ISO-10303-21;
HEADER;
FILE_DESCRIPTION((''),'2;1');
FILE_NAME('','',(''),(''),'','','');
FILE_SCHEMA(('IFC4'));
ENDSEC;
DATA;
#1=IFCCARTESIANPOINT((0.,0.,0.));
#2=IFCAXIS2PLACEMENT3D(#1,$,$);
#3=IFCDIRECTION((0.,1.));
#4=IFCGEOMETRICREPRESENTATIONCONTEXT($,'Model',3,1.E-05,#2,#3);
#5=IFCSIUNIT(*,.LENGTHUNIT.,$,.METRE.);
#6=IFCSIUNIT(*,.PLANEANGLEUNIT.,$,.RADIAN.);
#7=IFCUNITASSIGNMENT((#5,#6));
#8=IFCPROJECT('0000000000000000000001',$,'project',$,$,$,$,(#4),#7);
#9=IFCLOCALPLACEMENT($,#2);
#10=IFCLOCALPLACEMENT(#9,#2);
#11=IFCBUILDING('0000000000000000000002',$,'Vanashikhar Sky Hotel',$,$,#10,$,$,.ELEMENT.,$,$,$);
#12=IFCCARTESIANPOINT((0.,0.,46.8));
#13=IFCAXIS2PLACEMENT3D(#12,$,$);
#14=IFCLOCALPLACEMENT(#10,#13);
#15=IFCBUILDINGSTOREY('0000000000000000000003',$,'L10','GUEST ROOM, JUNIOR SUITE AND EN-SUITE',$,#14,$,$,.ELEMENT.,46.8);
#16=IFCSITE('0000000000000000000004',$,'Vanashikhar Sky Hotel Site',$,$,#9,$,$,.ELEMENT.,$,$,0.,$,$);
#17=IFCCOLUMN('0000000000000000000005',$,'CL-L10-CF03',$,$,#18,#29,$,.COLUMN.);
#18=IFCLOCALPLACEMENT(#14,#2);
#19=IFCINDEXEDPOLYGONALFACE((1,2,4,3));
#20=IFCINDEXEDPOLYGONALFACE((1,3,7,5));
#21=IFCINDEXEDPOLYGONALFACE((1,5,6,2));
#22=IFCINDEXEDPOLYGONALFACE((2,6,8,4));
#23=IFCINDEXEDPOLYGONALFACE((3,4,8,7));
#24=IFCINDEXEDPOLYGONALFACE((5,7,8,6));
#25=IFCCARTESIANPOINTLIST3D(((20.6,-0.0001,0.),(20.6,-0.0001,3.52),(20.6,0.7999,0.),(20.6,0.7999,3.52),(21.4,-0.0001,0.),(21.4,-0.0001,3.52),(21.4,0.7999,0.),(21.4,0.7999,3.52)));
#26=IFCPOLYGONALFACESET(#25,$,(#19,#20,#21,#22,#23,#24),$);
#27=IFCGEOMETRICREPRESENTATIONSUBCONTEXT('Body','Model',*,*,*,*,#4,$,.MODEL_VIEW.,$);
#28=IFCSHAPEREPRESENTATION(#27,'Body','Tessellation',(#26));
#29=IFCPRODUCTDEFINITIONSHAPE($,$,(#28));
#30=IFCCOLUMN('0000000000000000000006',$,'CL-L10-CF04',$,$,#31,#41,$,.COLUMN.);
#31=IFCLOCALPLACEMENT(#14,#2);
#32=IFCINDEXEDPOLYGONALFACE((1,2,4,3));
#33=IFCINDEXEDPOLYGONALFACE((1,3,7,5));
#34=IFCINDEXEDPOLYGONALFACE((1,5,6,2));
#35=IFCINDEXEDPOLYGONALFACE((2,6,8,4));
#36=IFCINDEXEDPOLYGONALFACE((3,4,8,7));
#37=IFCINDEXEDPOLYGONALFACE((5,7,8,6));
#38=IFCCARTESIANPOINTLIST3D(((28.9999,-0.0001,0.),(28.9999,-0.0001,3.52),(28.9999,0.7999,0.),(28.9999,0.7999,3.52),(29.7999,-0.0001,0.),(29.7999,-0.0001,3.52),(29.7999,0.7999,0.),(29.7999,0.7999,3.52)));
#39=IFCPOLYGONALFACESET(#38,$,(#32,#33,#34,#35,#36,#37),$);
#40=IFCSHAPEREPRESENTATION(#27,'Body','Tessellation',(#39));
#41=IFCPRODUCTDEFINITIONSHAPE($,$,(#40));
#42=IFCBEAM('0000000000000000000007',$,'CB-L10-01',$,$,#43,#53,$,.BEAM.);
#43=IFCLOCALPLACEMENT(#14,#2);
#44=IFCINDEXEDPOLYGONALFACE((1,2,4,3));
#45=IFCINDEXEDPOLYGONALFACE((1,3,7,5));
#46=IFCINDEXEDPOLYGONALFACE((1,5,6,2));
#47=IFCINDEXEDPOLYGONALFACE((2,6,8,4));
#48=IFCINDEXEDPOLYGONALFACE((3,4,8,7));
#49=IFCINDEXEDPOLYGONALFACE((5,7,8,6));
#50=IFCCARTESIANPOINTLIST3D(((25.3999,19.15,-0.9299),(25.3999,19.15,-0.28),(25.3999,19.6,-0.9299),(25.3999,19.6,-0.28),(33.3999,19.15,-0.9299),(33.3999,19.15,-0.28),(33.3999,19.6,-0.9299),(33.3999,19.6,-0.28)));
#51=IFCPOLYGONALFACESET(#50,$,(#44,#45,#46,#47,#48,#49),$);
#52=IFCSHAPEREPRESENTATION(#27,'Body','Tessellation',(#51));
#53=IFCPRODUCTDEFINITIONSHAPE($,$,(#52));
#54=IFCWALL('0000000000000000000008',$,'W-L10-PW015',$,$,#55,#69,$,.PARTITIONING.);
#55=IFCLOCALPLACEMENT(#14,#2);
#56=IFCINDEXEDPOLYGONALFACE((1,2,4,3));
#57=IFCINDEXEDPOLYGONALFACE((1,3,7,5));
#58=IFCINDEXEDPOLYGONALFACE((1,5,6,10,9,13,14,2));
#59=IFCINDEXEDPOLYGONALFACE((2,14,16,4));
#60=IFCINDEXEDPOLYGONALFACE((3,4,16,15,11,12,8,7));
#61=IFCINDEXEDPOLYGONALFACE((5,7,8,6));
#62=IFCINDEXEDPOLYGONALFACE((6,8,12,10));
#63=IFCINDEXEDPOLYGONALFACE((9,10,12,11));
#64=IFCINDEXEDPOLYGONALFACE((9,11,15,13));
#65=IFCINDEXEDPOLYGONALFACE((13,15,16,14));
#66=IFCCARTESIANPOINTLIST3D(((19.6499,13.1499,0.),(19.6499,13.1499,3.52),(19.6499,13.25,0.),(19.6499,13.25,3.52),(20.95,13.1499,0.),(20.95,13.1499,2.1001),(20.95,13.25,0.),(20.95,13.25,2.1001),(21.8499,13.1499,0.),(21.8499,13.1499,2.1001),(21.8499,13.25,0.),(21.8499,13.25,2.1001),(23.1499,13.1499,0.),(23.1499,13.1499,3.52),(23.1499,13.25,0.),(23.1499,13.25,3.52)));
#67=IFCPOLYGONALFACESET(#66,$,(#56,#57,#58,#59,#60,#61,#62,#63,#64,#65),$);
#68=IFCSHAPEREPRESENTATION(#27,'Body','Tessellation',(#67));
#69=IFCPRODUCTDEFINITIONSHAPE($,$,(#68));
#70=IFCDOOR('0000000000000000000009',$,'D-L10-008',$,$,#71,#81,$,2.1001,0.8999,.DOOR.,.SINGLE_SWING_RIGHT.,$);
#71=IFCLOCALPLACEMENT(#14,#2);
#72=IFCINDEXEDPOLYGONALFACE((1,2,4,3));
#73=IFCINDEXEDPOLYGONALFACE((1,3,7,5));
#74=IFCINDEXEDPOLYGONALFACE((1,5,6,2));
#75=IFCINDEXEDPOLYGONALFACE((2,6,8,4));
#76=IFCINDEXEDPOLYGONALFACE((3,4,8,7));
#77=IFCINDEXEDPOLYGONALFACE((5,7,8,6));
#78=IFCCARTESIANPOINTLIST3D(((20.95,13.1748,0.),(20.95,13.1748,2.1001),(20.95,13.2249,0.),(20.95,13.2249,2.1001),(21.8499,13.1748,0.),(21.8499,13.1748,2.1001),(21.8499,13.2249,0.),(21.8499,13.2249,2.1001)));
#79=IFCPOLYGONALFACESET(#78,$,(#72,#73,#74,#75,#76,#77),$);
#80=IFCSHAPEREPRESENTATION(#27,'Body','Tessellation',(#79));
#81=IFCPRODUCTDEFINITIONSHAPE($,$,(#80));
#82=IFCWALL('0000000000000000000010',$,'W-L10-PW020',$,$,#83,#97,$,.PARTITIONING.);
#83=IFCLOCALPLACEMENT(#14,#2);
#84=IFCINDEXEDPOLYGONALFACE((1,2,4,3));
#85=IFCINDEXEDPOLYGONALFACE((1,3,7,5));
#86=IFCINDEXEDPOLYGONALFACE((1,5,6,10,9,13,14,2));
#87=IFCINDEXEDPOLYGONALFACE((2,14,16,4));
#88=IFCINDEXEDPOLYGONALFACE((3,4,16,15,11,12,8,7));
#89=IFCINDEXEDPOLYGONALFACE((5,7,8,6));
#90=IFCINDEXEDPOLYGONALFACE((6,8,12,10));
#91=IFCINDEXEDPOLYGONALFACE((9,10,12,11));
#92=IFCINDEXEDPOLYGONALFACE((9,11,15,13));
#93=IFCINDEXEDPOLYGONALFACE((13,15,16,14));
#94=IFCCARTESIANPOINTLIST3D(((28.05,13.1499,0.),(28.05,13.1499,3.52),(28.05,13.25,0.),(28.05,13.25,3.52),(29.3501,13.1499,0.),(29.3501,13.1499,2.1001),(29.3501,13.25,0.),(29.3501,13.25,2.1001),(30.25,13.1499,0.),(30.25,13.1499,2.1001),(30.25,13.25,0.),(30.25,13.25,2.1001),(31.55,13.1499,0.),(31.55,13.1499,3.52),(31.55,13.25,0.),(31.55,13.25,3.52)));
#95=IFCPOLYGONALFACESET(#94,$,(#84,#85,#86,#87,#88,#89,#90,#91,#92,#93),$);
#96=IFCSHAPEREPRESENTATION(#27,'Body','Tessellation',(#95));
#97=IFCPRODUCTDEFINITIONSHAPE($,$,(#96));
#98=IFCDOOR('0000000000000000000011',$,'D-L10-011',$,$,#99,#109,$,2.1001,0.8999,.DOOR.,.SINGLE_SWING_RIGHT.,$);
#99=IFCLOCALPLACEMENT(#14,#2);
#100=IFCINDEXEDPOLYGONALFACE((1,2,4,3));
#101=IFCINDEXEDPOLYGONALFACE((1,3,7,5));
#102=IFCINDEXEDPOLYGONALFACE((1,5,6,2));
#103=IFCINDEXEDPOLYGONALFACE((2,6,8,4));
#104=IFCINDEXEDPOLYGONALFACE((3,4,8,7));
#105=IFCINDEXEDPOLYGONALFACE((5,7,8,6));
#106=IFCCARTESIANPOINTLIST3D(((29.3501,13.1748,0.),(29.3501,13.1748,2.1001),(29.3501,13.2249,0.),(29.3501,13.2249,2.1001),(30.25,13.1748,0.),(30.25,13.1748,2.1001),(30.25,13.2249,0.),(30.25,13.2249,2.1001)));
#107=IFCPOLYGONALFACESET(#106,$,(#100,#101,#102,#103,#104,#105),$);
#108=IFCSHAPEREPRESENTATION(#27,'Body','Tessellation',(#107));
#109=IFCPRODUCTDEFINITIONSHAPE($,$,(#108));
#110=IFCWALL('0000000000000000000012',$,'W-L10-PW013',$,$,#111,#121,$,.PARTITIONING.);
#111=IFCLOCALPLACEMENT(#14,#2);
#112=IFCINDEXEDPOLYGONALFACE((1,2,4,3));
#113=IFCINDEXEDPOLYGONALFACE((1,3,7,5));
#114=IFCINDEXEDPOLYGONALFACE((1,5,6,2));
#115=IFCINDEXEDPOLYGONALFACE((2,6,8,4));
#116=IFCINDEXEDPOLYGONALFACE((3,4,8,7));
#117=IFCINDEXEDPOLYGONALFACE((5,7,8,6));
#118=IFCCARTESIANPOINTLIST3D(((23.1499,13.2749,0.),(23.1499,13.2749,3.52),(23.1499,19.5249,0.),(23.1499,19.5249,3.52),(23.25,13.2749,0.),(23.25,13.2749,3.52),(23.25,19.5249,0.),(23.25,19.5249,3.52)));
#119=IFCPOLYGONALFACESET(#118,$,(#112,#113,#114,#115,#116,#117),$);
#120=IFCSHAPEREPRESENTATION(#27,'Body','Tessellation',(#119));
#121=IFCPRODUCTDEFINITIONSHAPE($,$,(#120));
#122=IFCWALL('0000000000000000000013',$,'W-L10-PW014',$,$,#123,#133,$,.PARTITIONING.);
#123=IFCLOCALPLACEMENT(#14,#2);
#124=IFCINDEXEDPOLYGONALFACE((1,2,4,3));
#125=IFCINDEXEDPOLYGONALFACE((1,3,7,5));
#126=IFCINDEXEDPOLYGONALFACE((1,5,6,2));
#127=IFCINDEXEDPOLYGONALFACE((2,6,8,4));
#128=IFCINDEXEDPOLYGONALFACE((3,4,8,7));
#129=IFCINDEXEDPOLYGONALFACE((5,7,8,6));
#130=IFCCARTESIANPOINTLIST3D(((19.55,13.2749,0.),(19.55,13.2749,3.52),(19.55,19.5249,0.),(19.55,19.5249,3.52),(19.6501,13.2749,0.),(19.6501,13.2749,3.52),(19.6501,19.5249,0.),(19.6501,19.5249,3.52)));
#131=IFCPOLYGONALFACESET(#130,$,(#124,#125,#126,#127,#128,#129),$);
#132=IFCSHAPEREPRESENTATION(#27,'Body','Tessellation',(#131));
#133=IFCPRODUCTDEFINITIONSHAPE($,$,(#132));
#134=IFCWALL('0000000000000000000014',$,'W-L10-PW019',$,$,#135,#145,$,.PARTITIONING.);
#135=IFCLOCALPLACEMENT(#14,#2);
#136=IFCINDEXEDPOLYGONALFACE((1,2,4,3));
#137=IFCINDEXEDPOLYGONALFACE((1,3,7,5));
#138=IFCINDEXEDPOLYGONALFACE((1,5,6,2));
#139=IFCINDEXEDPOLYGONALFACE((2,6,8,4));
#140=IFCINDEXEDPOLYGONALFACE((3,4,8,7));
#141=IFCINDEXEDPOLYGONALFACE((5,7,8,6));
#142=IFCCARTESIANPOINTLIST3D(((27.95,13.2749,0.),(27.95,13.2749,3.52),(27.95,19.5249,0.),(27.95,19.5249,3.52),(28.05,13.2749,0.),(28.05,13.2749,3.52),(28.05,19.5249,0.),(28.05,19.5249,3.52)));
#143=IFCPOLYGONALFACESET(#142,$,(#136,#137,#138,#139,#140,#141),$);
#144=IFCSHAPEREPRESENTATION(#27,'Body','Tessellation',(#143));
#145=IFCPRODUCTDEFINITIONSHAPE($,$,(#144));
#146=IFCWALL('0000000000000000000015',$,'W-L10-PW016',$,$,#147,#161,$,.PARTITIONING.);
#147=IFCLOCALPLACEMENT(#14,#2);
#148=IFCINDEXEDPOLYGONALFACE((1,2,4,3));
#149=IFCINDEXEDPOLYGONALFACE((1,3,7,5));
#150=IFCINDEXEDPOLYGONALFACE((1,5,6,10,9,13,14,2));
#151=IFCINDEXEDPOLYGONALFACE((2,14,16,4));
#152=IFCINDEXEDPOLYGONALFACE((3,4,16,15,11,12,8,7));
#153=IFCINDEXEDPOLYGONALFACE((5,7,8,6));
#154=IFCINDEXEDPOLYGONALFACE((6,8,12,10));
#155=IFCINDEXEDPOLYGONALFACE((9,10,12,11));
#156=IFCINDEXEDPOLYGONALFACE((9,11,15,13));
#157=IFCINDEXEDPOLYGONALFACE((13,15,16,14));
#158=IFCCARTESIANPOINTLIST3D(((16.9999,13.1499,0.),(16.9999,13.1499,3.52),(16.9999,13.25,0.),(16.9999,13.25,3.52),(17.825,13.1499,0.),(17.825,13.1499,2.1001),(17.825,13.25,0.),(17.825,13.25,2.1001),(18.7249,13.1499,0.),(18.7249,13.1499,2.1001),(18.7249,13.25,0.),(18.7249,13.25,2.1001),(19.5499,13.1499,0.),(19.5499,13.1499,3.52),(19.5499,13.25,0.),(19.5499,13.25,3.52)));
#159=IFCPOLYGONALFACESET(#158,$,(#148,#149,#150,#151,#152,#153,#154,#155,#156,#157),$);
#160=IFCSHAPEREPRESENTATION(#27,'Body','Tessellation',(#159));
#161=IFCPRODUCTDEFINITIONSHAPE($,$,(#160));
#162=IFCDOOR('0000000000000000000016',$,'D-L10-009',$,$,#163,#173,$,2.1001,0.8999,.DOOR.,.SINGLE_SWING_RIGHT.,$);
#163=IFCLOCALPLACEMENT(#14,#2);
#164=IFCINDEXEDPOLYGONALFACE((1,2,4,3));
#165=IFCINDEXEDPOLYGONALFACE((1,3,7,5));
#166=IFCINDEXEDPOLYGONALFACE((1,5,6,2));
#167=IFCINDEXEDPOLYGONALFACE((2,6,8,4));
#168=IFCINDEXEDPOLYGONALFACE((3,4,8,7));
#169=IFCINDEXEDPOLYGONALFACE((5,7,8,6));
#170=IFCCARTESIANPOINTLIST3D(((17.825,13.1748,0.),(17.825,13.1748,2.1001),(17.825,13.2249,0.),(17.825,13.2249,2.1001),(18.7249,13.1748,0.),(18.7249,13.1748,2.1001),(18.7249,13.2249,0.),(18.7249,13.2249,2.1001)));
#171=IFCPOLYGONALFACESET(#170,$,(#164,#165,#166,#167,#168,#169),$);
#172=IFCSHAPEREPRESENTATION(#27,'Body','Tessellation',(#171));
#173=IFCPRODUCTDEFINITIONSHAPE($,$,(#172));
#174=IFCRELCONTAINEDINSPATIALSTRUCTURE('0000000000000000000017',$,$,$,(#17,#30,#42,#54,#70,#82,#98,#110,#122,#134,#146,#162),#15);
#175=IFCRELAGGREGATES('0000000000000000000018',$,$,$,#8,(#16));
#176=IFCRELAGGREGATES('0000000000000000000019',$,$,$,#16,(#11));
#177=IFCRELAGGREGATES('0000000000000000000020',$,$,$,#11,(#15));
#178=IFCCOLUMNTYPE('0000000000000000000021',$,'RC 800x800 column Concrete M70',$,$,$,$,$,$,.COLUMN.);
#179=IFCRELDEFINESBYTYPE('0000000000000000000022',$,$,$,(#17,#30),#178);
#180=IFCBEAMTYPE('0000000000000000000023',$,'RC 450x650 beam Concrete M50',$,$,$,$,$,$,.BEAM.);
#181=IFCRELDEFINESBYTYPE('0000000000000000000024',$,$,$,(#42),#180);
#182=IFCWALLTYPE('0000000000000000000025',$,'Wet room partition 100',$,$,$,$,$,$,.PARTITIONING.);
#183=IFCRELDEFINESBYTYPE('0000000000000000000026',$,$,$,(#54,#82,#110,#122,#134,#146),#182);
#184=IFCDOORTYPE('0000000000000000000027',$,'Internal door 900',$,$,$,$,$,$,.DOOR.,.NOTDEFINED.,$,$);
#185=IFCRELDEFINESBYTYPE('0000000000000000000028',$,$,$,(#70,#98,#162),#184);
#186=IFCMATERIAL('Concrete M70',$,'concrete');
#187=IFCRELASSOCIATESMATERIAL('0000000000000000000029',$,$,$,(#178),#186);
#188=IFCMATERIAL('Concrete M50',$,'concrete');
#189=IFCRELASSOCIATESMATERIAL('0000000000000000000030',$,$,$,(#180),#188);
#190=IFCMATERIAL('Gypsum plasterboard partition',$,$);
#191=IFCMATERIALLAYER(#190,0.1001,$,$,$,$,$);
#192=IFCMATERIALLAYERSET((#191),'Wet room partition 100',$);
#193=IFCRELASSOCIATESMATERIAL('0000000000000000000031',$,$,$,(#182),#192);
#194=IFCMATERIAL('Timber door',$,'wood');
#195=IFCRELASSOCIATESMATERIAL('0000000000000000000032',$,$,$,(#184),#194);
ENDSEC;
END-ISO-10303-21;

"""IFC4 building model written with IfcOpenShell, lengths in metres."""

from ifc_helpers import new_model, si_unit, direction, frame, frame_2d, origin, origin_2d, place, context, subcontext, project, spatial, rectangle, extrude, source, transform, mapped, material, layer, layer_set, material_profile, profile_set, type_object, element, fill, save


model = new_model("IFC4")

# Units and contexts
model_context = context("Model", 3, precision=1e-05, world=origin(), true_north=direction((0.0, 1.0)))
body_context = subcontext(model_context, "Body", "Model", "MODEL_VIEW")
ifc_project = project(units=[si_unit("LENGTHUNIT", "METRE"), si_unit("PLANEANGLEUNIT", "RADIAN")], contexts=[model_context])

# Site, building, storey
site_placement = place(None, origin())
site = spatial("IfcSite", under=ifc_project, at=site_placement, Name="Vanashikhar Sky Hotel Site", CompositionType="ELEMENT", RefElevation=0.0)
building_placement = place(site_placement, origin())
building = spatial("IfcBuilding", under=site, at=building_placement, Name="Vanashikhar Sky Hotel", CompositionType="ELEMENT")
storey_placement = place(building_placement, frame((0.0, 0.0, 46.8)))
storey = spatial("IfcBuildingStorey", under=building, at=storey_placement, Name="L10", Description="GUEST ROOM, JUNIOR SUITE AND EN-SUITE", CompositionType="ELEMENT", Elevation=46.8)

# Columns
ifc_material_1 = material(Name="Concrete M70", Category="concrete")
ifc_material_profile_1 = material_profile(ifc_material_1, rectangle(XDim=0.8, YDim=0.8, at=origin_2d()))
ifc_profile_set_1 = profile_set([ifc_material_profile_1], Name="RC 800x800 column Concrete M70")
column_type = type_object("IfcColumnType", Name="RC 800x800 column Concrete M70", PredefinedType="COLUMN", material=ifc_profile_set_1)
shared_shape_1 = source(origin(), body_context, "Body", "SweptSolid", [
    extrude(rectangle(XDim=0.8, YDim=0.8, at=origin_2d()), origin(), (0.0, 0.0, 1.0), 3.52),
])
for number, where, z_axis, x_axis, name in (
    (1, (21.0, 0.3999, 0.0), (0.0, 0.0, 1.0), (1.0, 0.0, 0.0), "CL-L10-CF03"),
    (2, (29.3999, 0.3999, 0.0), (0.0, 0.0, 1.0), (1.0, 0.0, 0.0), "CL-L10-CF04"),
):
    element("IfcColumn", number, at=place(storey_placement, frame(where, z_axis=z_axis, x_axis=x_axis)), inside=storey, type_object=column_type, Name=name, PredefinedType="COLUMN", context=body_context, shape_type="MappedRepresentation", body=[
        mapped(shared_shape_1, transform((0.0, 0.0, 0.0), scale=1.0)),
    ])

# Beam
ifc_material_2 = material(Name="Concrete M50", Category="concrete")
ifc_material_profile_2 = material_profile(ifc_material_2, rectangle(XDim=0.45, YDim=0.6499, at=origin_2d()))
ifc_profile_set_2 = profile_set([ifc_material_profile_2], Name="RC 450x650 beam Concrete M50")
beam_type = type_object("IfcBeamType", Name="RC 450x650 beam Concrete M50", PredefinedType="BEAM", material=ifc_profile_set_2)
shared_shape_2 = source(origin(), body_context, "Body", "SweptSolid", [
    extrude(rectangle(XDim=0.45, YDim=0.6499, at=origin_2d()), origin(), (0.0, 0.0, 1.0), 8.0),
])
beam_placement = place(storey_placement, frame((25.3999, 19.375, -0.605), z_axis=(1.0, 0.0, 0.0), x_axis=(0.0, 1.0, 0.0)))
element("IfcBeam", 3, at=beam_placement, inside=storey, type_object=beam_type, Name="CB-L10-01", PredefinedType="BEAM", context=body_context, shape_type="MappedRepresentation", body=[
    mapped(shared_shape_2, transform((0.0, 0.0, 0.0), scale=1.0)),
])

# Walls, openings, doors
ifc_material_3 = material(Name="Gypsum plasterboard partition")
ifc_layer_1 = layer(ifc_material_3, 0.1001)
ifc_layer_set_1 = layer_set([ifc_layer_1], Name="Wet room partition 100")
wall_type_1 = type_object("IfcWallType", Name="Wet room partition 100", PredefinedType="PARTITIONING", material=ifc_layer_set_1)
shared_shape_3 = source(origin(), body_context, "Body", "SweptSolid", [
    extrude(rectangle(XDim=3.5, YDim=0.1001, at=frame_2d((1.75, 0.0))), origin(), (0.0, 0.0, 1.0), 3.52),
])
wall_1_placement = place(storey_placement, frame((19.6499, 13.2, 0.0), z_axis=(0.0, 0.0, 1.0), x_axis=(1.0, 0.0, 0.0)))
wall_1 = element("IfcWall", 4, at=wall_1_placement, inside=storey, type_object=wall_type_1, Name="W-L10-PW015", PredefinedType="PARTITIONING", context=body_context, shape_type="MappedRepresentation", body=[
    mapped(shared_shape_3, transform((0.0, 0.0, 0.0), scale=1.0)),
])
shared_shape_4 = source(origin(), body_context, "Body", "SweptSolid", [
    extrude(rectangle(XDim=0.8999, YDim=2.1001, at=frame_2d((0.45, 1.05))), frame((0.0, 0.0601, 0.0), z_axis=(0.0, -1.0, 0.0), x_axis=(1.0, 0.0, 0.0)), (0.0, 0.0, 1.0), 0.1201),
])
opening_1_placement = place(wall_1_placement, frame((1.3, 0.0, 0.0)))
opening_1 = element("IfcOpeningElement", 5, at=opening_1_placement, cuts=wall_1, PredefinedType="OPENING", context=body_context, shape_type="MappedRepresentation", body=[
    mapped(shared_shape_4, transform((0.0, 0.0, 0.0), scale=1.0)),
])
ifc_material_4 = material(Name="Timber door", Category="wood")
door_type_1 = type_object("IfcDoorType", Name="Internal door 900", OperationType="NOTDEFINED", PredefinedType="DOOR", material=ifc_material_4)
shared_shape_5 = source(origin(), body_context, "Body", "SweptSolid", [
    extrude(rectangle(XDim=0.8999, YDim=2.1001, at=frame_2d((0.45, 1.05))), frame((0.0, 0.0249, 0.0), z_axis=(0.0, -1.0, 0.0), x_axis=(1.0, 0.0, 0.0)), (0.0, 0.0, 1.0), 0.05),
])
door_1_placement = place(opening_1_placement, origin())
door_1 = element("IfcDoor", 6, at=door_1_placement, inside=storey, type_object=door_type_1, Name="D-L10-008", OperationType="SINGLE_SWING_RIGHT", OverallHeight=2.1001, OverallWidth=0.8999, PredefinedType="DOOR", context=body_context, shape_type="MappedRepresentation", body=[
    mapped(shared_shape_5, transform((0.0, 0.0, 0.0), scale=1.0)),
])
fill(opening_1, door_1)
wall_2_placement = place(storey_placement, frame((28.05, 13.2, 0.0), z_axis=(0.0, 0.0, 1.0), x_axis=(1.0, 0.0, 0.0)))
wall_2 = element("IfcWall", 7, at=wall_2_placement, inside=storey, type_object=wall_type_1, Name="W-L10-PW020", PredefinedType="PARTITIONING", context=body_context, shape_type="MappedRepresentation", body=[
    mapped(shared_shape_3, transform((0.0, 0.0, 0.0), scale=1.0)),
])
opening_2_placement = place(wall_2_placement, frame((1.3, 0.0, 0.0)))
opening_2 = element("IfcOpeningElement", 8, at=opening_2_placement, cuts=wall_2, PredefinedType="OPENING", context=body_context, shape_type="MappedRepresentation", body=[
    mapped(shared_shape_4, transform((0.0, 0.0, 0.0), scale=1.0)),
])
door_2_placement = place(opening_2_placement, origin())
door_2 = element("IfcDoor", 9, at=door_2_placement, inside=storey, type_object=door_type_1, Name="D-L10-011", OperationType="SINGLE_SWING_RIGHT", OverallHeight=2.1001, OverallWidth=0.8999, PredefinedType="DOOR", context=body_context, shape_type="MappedRepresentation", body=[
    mapped(shared_shape_5, transform((0.0, 0.0, 0.0), scale=1.0)),
])
fill(opening_2, door_2)

# Walls
shared_shape_6 = source(origin(), body_context, "Body", "SweptSolid", [
    extrude(rectangle(XDim=6.25, YDim=0.1001, at=frame_2d((3.125, 0.0))), origin(), (0.0, 0.0, 1.0), 3.52),
])
for number, where, z_axis, x_axis, name in (
    (10, (23.2, 13.2749, 0.0), (0.0, 0.0, 1.0), (0.0, 1.0, 0.0), "W-L10-PW013"),
    (11, (19.6001, 13.2749, 0.0), (0.0, 0.0, 1.0), (0.0, 1.0, 0.0), "W-L10-PW014"),
    (12, (28.0, 13.2749, 0.0), (0.0, 0.0, 1.0), (0.0, 1.0, 0.0), "W-L10-PW019"),
):
    element("IfcWall", number, at=place(storey_placement, frame(where, z_axis=z_axis, x_axis=x_axis)), inside=storey, type_object=wall_type_1, Name=name, PredefinedType="PARTITIONING", context=body_context, shape_type="MappedRepresentation", body=[
        mapped(shared_shape_6, transform((0.0, 0.0, 0.0), scale=1.0)),
    ])

# Wall, opening, door
shared_shape_7 = source(origin(), body_context, "Body", "SweptSolid", [
    extrude(rectangle(XDim=2.55, YDim=0.1001, at=frame_2d((1.2749, 0.0))), origin(), (0.0, 0.0, 1.0), 3.52),
])
wall_3_placement = place(storey_placement, frame((17.0, 13.2, 0.0), z_axis=(0.0, 0.0, 1.0), x_axis=(1.0, 0.0, 0.0)))
wall_3 = element("IfcWall", 13, at=wall_3_placement, inside=storey, type_object=wall_type_1, Name="W-L10-PW016", PredefinedType="PARTITIONING", context=body_context, shape_type="MappedRepresentation", body=[
    mapped(shared_shape_7, transform((0.0, 0.0, 0.0), scale=1.0)),
])
opening_3_placement = place(wall_3_placement, frame((0.825, 0.0, 0.0)))
opening_3 = element("IfcOpeningElement", 14, at=opening_3_placement, cuts=wall_3, PredefinedType="OPENING", context=body_context, shape_type="MappedRepresentation", body=[
    mapped(shared_shape_4, transform((0.0, 0.0, 0.0), scale=1.0)),
])
door_3_placement = place(opening_3_placement, origin())
door_3 = element("IfcDoor", 15, at=door_3_placement, inside=storey, type_object=door_type_1, Name="D-L10-009", OperationType="SINGLE_SWING_RIGHT", OverallHeight=2.1001, OverallWidth=0.8999, PredefinedType="DOOR", context=body_context, shape_type="MappedRepresentation", body=[
    mapped(shared_shape_5, transform((0.0, 0.0, 0.0), scale=1.0)),
])
fill(opening_3, door_3)

save(model, "model.ifc")
